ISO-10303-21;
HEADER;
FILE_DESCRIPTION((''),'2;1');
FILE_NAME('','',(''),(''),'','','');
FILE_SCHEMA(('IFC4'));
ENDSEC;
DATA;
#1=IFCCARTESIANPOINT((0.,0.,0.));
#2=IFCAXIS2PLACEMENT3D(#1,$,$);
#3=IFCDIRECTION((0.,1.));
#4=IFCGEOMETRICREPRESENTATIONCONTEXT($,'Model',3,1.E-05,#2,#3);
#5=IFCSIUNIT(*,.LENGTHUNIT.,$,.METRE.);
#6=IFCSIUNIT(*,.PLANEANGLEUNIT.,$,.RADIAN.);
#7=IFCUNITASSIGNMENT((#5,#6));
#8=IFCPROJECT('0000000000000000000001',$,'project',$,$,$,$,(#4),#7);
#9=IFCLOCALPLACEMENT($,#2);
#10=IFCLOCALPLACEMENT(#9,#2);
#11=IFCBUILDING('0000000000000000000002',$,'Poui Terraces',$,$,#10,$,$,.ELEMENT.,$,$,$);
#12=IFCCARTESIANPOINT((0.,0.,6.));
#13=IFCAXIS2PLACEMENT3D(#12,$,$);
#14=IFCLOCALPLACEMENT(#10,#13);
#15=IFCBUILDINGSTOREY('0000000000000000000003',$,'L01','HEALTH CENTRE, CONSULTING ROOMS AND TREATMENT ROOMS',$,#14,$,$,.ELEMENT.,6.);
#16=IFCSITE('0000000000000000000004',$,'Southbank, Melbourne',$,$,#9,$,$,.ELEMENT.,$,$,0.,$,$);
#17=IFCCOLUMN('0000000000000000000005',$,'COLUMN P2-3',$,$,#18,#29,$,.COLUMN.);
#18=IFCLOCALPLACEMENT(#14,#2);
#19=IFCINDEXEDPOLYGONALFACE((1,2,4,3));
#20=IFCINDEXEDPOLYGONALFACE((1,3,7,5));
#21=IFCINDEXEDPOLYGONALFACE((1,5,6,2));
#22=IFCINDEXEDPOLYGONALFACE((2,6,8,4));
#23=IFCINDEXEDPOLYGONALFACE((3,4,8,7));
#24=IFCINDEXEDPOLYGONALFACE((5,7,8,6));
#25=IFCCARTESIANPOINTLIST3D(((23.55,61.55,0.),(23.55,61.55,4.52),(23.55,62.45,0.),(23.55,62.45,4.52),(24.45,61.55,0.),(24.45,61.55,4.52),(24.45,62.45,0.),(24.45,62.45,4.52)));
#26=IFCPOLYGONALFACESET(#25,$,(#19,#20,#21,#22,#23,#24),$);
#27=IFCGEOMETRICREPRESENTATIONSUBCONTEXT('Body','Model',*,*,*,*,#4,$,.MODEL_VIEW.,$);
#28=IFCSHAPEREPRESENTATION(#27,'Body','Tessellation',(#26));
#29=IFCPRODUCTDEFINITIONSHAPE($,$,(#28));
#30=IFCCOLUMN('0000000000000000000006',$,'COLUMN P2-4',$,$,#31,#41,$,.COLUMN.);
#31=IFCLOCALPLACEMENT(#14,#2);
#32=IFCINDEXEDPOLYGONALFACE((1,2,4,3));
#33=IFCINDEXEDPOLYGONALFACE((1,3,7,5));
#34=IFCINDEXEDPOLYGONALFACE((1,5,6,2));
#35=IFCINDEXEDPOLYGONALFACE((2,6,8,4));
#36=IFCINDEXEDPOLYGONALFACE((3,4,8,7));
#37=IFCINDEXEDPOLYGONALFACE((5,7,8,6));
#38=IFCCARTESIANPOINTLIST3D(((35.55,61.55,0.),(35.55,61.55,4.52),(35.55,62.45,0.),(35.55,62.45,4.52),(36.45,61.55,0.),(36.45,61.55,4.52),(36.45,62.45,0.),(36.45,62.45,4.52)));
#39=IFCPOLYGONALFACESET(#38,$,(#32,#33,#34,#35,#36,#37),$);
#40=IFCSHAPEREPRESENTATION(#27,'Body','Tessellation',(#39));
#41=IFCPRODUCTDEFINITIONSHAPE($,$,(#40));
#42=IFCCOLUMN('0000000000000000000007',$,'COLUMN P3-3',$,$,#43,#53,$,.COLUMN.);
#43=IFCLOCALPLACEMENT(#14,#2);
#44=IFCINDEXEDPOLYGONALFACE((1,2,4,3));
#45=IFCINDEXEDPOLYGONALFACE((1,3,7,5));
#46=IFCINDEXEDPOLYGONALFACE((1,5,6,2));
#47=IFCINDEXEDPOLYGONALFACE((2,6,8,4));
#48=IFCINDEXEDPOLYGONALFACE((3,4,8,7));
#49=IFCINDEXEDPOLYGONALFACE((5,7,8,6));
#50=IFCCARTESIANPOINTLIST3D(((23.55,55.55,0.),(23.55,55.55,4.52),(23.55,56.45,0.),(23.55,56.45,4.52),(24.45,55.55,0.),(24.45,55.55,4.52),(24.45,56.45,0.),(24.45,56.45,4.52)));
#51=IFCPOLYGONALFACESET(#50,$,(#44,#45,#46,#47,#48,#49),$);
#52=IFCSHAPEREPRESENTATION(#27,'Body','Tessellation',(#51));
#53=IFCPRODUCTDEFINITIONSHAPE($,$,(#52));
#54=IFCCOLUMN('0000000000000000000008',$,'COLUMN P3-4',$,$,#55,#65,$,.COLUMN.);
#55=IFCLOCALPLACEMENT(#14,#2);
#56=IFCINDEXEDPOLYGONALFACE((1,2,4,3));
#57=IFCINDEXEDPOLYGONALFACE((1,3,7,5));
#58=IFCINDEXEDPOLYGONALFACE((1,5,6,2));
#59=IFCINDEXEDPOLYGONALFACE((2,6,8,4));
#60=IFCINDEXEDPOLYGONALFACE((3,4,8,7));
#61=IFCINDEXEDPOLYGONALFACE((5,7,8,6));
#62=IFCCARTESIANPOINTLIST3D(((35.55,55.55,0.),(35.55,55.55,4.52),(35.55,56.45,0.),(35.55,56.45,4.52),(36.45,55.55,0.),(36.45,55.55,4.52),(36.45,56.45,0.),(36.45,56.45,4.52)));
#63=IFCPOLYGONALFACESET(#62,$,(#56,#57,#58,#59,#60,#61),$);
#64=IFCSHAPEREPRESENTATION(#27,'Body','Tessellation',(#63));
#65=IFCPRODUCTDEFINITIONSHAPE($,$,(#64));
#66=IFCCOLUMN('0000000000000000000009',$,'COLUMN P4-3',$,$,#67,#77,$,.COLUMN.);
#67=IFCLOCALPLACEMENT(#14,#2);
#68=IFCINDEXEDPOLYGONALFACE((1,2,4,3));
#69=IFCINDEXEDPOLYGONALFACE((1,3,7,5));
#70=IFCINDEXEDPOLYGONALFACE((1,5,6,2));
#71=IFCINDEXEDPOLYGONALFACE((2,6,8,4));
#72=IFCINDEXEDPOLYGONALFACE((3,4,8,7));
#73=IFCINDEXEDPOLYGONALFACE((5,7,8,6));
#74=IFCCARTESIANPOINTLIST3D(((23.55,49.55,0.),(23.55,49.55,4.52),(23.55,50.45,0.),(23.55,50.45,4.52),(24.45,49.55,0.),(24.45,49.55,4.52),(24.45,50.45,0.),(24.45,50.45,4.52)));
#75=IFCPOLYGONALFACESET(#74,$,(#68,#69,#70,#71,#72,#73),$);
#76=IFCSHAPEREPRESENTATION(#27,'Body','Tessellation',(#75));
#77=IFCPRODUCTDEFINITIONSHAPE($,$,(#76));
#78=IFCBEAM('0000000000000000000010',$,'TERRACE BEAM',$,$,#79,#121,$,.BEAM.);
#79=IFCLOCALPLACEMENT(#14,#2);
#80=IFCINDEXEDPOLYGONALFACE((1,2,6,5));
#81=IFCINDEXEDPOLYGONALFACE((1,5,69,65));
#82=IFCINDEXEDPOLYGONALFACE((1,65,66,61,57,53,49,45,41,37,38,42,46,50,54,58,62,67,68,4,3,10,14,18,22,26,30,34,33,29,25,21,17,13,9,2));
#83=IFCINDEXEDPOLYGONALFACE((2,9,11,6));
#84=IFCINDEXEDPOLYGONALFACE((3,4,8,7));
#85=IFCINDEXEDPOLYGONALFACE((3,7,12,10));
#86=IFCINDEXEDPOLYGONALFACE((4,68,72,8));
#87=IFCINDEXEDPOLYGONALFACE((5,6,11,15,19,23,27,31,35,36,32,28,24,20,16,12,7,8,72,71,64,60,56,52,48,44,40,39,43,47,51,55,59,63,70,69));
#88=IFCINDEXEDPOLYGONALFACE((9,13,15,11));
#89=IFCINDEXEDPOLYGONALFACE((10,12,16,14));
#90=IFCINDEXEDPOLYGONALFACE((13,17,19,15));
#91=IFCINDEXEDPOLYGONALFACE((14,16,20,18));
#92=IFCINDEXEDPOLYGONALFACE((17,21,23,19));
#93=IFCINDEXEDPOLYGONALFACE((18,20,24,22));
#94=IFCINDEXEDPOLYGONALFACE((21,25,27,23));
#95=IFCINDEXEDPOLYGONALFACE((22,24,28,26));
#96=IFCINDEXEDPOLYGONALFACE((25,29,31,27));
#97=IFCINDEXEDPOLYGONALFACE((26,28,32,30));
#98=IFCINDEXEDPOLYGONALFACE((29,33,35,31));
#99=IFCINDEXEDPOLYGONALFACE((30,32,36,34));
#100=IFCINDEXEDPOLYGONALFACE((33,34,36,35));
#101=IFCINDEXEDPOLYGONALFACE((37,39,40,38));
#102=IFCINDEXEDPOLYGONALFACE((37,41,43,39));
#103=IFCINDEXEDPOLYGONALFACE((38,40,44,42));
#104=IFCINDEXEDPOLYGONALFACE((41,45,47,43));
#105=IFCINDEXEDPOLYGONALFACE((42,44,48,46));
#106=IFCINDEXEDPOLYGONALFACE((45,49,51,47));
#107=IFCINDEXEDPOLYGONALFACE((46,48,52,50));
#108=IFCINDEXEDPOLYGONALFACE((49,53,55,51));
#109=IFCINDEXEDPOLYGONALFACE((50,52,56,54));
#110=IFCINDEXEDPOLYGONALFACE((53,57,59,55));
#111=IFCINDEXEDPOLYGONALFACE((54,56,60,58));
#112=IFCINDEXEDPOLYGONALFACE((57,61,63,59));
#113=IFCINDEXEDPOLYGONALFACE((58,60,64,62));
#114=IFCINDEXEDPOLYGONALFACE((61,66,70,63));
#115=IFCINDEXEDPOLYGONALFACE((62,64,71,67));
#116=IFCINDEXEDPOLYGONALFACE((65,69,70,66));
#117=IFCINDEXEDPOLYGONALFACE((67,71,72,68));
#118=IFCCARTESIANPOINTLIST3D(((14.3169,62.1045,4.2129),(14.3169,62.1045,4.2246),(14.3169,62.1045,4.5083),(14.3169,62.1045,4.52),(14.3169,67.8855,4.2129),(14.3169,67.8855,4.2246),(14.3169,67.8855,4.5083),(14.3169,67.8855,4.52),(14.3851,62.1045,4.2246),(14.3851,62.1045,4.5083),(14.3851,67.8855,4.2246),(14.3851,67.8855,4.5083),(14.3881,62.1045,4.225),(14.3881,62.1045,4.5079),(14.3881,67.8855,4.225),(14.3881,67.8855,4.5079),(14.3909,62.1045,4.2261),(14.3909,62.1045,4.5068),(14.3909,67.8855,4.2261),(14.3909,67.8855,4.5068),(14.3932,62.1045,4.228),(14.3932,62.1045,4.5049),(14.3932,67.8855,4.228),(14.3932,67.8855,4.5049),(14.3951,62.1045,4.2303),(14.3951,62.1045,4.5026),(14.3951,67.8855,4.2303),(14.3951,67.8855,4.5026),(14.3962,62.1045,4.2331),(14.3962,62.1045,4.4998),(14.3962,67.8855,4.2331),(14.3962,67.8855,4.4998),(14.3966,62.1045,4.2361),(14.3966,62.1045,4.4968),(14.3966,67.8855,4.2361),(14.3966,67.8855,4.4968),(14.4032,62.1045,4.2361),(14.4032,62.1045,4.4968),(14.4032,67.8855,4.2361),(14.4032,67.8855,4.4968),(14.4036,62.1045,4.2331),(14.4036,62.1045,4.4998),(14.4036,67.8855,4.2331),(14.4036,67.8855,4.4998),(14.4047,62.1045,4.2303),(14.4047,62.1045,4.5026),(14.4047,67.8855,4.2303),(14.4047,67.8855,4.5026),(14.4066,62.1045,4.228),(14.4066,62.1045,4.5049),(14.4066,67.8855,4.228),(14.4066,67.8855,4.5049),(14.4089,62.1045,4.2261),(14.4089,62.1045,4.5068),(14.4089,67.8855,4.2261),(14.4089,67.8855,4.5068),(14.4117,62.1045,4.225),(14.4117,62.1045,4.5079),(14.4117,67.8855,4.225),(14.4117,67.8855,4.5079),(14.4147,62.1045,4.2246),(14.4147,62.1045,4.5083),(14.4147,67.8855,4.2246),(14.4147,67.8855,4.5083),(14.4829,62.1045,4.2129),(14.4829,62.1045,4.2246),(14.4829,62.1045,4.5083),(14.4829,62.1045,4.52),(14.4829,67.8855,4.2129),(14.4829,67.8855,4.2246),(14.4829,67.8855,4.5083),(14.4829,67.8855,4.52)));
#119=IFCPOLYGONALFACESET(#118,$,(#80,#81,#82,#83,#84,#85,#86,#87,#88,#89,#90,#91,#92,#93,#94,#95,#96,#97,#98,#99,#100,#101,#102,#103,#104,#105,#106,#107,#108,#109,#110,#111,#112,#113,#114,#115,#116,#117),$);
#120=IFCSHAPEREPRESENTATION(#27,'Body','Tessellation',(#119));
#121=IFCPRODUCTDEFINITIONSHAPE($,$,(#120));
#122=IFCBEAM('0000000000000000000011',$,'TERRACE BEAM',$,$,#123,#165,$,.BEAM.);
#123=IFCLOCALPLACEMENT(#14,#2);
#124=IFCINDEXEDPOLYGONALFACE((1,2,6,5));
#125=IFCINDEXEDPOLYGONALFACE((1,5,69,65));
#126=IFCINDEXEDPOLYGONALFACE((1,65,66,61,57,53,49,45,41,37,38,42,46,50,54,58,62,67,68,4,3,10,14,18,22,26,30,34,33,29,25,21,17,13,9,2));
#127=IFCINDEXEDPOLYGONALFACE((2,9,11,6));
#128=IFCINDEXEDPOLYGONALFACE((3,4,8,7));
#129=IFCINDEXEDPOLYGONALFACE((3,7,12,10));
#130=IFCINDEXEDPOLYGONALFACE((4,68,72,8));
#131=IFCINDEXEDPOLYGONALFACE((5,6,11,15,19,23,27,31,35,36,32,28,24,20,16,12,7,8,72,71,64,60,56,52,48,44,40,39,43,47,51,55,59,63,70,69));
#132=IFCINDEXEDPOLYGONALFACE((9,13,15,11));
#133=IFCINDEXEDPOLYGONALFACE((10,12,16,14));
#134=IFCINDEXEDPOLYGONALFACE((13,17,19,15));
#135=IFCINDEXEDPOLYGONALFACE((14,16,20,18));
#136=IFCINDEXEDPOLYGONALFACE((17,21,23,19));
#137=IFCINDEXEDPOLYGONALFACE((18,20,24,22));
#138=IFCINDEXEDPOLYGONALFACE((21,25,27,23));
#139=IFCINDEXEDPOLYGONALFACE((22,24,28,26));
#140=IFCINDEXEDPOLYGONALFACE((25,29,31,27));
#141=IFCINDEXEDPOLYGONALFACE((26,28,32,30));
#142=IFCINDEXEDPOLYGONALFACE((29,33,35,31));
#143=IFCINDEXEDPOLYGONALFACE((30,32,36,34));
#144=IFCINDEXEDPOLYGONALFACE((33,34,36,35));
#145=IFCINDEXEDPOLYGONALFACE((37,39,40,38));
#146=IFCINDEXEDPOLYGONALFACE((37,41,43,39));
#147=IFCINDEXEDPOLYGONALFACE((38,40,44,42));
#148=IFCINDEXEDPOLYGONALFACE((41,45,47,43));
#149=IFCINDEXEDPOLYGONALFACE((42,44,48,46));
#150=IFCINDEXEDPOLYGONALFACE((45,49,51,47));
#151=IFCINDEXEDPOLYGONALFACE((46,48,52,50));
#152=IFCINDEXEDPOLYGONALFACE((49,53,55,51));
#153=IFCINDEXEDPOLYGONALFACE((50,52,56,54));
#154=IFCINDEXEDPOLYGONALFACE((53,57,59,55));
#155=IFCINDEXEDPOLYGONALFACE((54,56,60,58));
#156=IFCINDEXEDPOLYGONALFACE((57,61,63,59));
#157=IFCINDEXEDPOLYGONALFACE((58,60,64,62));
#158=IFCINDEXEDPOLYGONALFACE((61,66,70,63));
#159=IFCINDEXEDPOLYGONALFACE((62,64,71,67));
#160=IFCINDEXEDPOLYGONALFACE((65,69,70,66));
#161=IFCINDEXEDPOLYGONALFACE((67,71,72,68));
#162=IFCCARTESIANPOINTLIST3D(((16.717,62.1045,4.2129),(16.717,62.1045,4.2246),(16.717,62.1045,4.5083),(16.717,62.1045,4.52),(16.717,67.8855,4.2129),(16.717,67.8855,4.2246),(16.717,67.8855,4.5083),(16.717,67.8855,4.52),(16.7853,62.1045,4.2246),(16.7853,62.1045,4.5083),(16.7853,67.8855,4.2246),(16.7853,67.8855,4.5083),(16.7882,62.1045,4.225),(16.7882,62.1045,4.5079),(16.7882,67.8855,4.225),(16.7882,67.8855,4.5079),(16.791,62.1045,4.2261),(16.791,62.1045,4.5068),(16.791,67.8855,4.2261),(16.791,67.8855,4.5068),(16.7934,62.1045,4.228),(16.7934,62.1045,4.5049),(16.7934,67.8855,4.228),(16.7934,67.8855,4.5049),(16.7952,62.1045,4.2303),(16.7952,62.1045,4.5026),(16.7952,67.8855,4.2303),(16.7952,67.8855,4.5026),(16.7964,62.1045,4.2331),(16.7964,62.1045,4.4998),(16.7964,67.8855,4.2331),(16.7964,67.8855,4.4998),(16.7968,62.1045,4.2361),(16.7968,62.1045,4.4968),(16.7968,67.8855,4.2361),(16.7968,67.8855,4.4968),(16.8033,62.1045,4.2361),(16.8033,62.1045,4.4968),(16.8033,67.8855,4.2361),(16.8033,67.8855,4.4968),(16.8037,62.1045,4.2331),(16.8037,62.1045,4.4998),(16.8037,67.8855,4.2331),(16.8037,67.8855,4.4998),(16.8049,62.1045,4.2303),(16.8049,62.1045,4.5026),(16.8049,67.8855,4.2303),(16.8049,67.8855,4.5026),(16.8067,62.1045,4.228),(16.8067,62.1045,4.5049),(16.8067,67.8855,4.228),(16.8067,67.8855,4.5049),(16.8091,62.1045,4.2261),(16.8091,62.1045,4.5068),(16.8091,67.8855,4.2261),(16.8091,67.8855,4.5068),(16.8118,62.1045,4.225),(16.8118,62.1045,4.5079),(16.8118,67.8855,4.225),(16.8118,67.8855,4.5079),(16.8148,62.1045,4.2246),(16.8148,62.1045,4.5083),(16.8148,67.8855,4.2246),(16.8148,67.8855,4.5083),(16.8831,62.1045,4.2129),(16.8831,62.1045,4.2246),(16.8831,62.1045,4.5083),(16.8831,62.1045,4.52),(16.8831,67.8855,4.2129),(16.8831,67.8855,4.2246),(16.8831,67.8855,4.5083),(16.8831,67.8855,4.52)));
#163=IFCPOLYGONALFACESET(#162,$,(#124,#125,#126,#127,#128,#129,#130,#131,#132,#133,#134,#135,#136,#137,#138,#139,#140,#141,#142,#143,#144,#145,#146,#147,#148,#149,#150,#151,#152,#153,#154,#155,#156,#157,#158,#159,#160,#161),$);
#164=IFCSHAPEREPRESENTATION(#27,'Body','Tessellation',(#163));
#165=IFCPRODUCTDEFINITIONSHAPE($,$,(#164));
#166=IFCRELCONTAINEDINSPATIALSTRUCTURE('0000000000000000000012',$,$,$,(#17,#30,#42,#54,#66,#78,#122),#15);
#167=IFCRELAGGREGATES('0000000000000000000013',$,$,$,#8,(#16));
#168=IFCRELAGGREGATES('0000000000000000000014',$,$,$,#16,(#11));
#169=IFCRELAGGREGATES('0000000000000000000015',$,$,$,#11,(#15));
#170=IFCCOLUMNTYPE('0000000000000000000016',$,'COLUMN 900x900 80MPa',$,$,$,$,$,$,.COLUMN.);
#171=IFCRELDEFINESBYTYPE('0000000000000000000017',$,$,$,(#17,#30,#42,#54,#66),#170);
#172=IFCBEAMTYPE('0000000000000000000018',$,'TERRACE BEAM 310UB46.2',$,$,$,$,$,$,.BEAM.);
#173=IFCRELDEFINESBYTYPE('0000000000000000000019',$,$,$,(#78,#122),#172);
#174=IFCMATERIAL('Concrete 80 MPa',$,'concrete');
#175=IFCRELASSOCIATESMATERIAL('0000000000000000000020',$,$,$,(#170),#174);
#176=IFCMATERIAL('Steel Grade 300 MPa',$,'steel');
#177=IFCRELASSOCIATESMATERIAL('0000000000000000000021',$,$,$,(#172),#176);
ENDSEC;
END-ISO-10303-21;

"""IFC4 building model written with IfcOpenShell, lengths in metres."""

from ifc_helpers import new_model, si_unit, direction, frame, origin, origin_2d, place, context, subcontext, project, spatial, rectangle, i_section, extrude, source, transform, mapped, material, material_profile, profile_set, type_object, element, save


model = new_model("IFC4")

# Units and contexts
model_context = context("Model", 3, precision=1e-05, world=origin(), true_north=direction((0.0, 1.0)))
body_context = subcontext(model_context, "Body", "Model", "MODEL_VIEW")
ifc_project = project(units=[si_unit("LENGTHUNIT", "METRE"), si_unit("PLANEANGLEUNIT", "RADIAN")], contexts=[model_context])

# Site, building, storey
site_placement = place(None, origin())
site = spatial("IfcSite", under=ifc_project, at=site_placement, Name="Southbank, Melbourne", CompositionType="ELEMENT", RefElevation=0.0)
building_placement = place(site_placement, origin())
building = spatial("IfcBuilding", under=site, at=building_placement, Name="Poui Terraces", CompositionType="ELEMENT")
storey_placement = place(building_placement, frame((0.0, 0.0, 6.0)))
storey = spatial("IfcBuildingStorey", under=building, at=storey_placement, Name="L01", Description="HEALTH CENTRE, CONSULTING ROOMS AND TREATMENT ROOMS", CompositionType="ELEMENT", Elevation=6.0)

# Columns
ifc_material_1 = material(Name="Concrete 80 MPa", Category="concrete")
ifc_material_profile_1 = material_profile(ifc_material_1, rectangle(XDim=0.8999, YDim=0.8999, at=origin_2d()), Name="RC 900x900")
ifc_profile_set_1 = profile_set([ifc_material_profile_1], Name="Concrete 80 MPa")
column_type = type_object("IfcColumnType", Name="COLUMN 900x900 80MPa", PredefinedType="COLUMN", material=ifc_profile_set_1)
shared_shape_1 = source(origin(), body_context, "Body", "SweptSolid", [
    extrude(rectangle(XDim=0.8999, YDim=0.8999, at=origin_2d()), origin(), (0.0, 0.0, 1.0), 4.52),
])
for number, where, z_axis, x_axis, name in (
    (1, (24.0, 62.0, 0.0), (0.0, 0.0, 1.0), (1.0, 0.0, 0.0), "COLUMN P2-3"),
    (2, (36.0, 62.0, 0.0), (0.0, 0.0, 1.0), (1.0, 0.0, 0.0), "COLUMN P2-4"),
    (3, (24.0, 56.0, 0.0), (0.0, 0.0, 1.0), (1.0, 0.0, 0.0), "COLUMN P3-3"),
    (4, (36.0, 56.0, 0.0), (0.0, 0.0, 1.0), (1.0, 0.0, 0.0), "COLUMN P3-4"),
    (5, (24.0, 50.0, 0.0), (0.0, 0.0, 1.0), (1.0, 0.0, 0.0), "COLUMN P4-3"),
):
    element("IfcColumn", number, at=place(storey_placement, frame(where, z_axis=z_axis, x_axis=x_axis)), inside=storey, type_object=column_type, Name=name, PredefinedType="COLUMN", context=body_context, shape_type="MappedRepresentation", body=[
        mapped(shared_shape_1, transform((0.0, 0.0, 0.0))),
    ])

# Beams
ifc_material_2 = material(Name="Steel Grade 300 MPa", Category="steel")
ifc_material_profile_2 = material_profile(ifc_material_2, i_section(OverallWidth=0.166, OverallDepth=0.3071, WebThickness=0.0066, FlangeThickness=0.0117, FilletRadius=0.0115, at=origin_2d()), Name="310UB46.2")
ifc_profile_set_2 = profile_set([ifc_material_profile_2], Name="Steel Grade 300 MPa")
beam_type_1 = type_object("IfcBeamType", Name="TERRACE BEAM 310UB46.2", PredefinedType="BEAM", material=ifc_profile_set_2)
shared_shape_2 = source(origin(), body_context, "Body", "SweptSolid", [
    extrude(i_section(OverallWidth=0.166, OverallDepth=0.3071, WebThickness=0.0066, FlangeThickness=0.0117, FilletRadius=0.0115, at=origin_2d()), origin(), (0.0, 0.0, 1.0), 5.781),
])
for number, where, z_axis, x_axis, name in (
    (6, (14.3999, 62.1045, 4.3665), (0.0, 1.0, 0.0), (-1.0, 0.0, 0.0), "TERRACE BEAM"),
    (7, (16.8, 62.1045, 4.3665), (0.0, 1.0, 0.0), (-1.0, 0.0, 0.0), "TERRACE BEAM"),
):
    element("IfcBeam", number, at=place(storey_placement, frame(where, z_axis=z_axis, x_axis=x_axis)), inside=storey, type_object=beam_type_1, Name=name, PredefinedType="BEAM", context=body_context, shape_type="MappedRepresentation", body=[
        mapped(shared_shape_2, transform((0.0, 0.0, 0.0))),
    ])

save(model, "model.ifc")
